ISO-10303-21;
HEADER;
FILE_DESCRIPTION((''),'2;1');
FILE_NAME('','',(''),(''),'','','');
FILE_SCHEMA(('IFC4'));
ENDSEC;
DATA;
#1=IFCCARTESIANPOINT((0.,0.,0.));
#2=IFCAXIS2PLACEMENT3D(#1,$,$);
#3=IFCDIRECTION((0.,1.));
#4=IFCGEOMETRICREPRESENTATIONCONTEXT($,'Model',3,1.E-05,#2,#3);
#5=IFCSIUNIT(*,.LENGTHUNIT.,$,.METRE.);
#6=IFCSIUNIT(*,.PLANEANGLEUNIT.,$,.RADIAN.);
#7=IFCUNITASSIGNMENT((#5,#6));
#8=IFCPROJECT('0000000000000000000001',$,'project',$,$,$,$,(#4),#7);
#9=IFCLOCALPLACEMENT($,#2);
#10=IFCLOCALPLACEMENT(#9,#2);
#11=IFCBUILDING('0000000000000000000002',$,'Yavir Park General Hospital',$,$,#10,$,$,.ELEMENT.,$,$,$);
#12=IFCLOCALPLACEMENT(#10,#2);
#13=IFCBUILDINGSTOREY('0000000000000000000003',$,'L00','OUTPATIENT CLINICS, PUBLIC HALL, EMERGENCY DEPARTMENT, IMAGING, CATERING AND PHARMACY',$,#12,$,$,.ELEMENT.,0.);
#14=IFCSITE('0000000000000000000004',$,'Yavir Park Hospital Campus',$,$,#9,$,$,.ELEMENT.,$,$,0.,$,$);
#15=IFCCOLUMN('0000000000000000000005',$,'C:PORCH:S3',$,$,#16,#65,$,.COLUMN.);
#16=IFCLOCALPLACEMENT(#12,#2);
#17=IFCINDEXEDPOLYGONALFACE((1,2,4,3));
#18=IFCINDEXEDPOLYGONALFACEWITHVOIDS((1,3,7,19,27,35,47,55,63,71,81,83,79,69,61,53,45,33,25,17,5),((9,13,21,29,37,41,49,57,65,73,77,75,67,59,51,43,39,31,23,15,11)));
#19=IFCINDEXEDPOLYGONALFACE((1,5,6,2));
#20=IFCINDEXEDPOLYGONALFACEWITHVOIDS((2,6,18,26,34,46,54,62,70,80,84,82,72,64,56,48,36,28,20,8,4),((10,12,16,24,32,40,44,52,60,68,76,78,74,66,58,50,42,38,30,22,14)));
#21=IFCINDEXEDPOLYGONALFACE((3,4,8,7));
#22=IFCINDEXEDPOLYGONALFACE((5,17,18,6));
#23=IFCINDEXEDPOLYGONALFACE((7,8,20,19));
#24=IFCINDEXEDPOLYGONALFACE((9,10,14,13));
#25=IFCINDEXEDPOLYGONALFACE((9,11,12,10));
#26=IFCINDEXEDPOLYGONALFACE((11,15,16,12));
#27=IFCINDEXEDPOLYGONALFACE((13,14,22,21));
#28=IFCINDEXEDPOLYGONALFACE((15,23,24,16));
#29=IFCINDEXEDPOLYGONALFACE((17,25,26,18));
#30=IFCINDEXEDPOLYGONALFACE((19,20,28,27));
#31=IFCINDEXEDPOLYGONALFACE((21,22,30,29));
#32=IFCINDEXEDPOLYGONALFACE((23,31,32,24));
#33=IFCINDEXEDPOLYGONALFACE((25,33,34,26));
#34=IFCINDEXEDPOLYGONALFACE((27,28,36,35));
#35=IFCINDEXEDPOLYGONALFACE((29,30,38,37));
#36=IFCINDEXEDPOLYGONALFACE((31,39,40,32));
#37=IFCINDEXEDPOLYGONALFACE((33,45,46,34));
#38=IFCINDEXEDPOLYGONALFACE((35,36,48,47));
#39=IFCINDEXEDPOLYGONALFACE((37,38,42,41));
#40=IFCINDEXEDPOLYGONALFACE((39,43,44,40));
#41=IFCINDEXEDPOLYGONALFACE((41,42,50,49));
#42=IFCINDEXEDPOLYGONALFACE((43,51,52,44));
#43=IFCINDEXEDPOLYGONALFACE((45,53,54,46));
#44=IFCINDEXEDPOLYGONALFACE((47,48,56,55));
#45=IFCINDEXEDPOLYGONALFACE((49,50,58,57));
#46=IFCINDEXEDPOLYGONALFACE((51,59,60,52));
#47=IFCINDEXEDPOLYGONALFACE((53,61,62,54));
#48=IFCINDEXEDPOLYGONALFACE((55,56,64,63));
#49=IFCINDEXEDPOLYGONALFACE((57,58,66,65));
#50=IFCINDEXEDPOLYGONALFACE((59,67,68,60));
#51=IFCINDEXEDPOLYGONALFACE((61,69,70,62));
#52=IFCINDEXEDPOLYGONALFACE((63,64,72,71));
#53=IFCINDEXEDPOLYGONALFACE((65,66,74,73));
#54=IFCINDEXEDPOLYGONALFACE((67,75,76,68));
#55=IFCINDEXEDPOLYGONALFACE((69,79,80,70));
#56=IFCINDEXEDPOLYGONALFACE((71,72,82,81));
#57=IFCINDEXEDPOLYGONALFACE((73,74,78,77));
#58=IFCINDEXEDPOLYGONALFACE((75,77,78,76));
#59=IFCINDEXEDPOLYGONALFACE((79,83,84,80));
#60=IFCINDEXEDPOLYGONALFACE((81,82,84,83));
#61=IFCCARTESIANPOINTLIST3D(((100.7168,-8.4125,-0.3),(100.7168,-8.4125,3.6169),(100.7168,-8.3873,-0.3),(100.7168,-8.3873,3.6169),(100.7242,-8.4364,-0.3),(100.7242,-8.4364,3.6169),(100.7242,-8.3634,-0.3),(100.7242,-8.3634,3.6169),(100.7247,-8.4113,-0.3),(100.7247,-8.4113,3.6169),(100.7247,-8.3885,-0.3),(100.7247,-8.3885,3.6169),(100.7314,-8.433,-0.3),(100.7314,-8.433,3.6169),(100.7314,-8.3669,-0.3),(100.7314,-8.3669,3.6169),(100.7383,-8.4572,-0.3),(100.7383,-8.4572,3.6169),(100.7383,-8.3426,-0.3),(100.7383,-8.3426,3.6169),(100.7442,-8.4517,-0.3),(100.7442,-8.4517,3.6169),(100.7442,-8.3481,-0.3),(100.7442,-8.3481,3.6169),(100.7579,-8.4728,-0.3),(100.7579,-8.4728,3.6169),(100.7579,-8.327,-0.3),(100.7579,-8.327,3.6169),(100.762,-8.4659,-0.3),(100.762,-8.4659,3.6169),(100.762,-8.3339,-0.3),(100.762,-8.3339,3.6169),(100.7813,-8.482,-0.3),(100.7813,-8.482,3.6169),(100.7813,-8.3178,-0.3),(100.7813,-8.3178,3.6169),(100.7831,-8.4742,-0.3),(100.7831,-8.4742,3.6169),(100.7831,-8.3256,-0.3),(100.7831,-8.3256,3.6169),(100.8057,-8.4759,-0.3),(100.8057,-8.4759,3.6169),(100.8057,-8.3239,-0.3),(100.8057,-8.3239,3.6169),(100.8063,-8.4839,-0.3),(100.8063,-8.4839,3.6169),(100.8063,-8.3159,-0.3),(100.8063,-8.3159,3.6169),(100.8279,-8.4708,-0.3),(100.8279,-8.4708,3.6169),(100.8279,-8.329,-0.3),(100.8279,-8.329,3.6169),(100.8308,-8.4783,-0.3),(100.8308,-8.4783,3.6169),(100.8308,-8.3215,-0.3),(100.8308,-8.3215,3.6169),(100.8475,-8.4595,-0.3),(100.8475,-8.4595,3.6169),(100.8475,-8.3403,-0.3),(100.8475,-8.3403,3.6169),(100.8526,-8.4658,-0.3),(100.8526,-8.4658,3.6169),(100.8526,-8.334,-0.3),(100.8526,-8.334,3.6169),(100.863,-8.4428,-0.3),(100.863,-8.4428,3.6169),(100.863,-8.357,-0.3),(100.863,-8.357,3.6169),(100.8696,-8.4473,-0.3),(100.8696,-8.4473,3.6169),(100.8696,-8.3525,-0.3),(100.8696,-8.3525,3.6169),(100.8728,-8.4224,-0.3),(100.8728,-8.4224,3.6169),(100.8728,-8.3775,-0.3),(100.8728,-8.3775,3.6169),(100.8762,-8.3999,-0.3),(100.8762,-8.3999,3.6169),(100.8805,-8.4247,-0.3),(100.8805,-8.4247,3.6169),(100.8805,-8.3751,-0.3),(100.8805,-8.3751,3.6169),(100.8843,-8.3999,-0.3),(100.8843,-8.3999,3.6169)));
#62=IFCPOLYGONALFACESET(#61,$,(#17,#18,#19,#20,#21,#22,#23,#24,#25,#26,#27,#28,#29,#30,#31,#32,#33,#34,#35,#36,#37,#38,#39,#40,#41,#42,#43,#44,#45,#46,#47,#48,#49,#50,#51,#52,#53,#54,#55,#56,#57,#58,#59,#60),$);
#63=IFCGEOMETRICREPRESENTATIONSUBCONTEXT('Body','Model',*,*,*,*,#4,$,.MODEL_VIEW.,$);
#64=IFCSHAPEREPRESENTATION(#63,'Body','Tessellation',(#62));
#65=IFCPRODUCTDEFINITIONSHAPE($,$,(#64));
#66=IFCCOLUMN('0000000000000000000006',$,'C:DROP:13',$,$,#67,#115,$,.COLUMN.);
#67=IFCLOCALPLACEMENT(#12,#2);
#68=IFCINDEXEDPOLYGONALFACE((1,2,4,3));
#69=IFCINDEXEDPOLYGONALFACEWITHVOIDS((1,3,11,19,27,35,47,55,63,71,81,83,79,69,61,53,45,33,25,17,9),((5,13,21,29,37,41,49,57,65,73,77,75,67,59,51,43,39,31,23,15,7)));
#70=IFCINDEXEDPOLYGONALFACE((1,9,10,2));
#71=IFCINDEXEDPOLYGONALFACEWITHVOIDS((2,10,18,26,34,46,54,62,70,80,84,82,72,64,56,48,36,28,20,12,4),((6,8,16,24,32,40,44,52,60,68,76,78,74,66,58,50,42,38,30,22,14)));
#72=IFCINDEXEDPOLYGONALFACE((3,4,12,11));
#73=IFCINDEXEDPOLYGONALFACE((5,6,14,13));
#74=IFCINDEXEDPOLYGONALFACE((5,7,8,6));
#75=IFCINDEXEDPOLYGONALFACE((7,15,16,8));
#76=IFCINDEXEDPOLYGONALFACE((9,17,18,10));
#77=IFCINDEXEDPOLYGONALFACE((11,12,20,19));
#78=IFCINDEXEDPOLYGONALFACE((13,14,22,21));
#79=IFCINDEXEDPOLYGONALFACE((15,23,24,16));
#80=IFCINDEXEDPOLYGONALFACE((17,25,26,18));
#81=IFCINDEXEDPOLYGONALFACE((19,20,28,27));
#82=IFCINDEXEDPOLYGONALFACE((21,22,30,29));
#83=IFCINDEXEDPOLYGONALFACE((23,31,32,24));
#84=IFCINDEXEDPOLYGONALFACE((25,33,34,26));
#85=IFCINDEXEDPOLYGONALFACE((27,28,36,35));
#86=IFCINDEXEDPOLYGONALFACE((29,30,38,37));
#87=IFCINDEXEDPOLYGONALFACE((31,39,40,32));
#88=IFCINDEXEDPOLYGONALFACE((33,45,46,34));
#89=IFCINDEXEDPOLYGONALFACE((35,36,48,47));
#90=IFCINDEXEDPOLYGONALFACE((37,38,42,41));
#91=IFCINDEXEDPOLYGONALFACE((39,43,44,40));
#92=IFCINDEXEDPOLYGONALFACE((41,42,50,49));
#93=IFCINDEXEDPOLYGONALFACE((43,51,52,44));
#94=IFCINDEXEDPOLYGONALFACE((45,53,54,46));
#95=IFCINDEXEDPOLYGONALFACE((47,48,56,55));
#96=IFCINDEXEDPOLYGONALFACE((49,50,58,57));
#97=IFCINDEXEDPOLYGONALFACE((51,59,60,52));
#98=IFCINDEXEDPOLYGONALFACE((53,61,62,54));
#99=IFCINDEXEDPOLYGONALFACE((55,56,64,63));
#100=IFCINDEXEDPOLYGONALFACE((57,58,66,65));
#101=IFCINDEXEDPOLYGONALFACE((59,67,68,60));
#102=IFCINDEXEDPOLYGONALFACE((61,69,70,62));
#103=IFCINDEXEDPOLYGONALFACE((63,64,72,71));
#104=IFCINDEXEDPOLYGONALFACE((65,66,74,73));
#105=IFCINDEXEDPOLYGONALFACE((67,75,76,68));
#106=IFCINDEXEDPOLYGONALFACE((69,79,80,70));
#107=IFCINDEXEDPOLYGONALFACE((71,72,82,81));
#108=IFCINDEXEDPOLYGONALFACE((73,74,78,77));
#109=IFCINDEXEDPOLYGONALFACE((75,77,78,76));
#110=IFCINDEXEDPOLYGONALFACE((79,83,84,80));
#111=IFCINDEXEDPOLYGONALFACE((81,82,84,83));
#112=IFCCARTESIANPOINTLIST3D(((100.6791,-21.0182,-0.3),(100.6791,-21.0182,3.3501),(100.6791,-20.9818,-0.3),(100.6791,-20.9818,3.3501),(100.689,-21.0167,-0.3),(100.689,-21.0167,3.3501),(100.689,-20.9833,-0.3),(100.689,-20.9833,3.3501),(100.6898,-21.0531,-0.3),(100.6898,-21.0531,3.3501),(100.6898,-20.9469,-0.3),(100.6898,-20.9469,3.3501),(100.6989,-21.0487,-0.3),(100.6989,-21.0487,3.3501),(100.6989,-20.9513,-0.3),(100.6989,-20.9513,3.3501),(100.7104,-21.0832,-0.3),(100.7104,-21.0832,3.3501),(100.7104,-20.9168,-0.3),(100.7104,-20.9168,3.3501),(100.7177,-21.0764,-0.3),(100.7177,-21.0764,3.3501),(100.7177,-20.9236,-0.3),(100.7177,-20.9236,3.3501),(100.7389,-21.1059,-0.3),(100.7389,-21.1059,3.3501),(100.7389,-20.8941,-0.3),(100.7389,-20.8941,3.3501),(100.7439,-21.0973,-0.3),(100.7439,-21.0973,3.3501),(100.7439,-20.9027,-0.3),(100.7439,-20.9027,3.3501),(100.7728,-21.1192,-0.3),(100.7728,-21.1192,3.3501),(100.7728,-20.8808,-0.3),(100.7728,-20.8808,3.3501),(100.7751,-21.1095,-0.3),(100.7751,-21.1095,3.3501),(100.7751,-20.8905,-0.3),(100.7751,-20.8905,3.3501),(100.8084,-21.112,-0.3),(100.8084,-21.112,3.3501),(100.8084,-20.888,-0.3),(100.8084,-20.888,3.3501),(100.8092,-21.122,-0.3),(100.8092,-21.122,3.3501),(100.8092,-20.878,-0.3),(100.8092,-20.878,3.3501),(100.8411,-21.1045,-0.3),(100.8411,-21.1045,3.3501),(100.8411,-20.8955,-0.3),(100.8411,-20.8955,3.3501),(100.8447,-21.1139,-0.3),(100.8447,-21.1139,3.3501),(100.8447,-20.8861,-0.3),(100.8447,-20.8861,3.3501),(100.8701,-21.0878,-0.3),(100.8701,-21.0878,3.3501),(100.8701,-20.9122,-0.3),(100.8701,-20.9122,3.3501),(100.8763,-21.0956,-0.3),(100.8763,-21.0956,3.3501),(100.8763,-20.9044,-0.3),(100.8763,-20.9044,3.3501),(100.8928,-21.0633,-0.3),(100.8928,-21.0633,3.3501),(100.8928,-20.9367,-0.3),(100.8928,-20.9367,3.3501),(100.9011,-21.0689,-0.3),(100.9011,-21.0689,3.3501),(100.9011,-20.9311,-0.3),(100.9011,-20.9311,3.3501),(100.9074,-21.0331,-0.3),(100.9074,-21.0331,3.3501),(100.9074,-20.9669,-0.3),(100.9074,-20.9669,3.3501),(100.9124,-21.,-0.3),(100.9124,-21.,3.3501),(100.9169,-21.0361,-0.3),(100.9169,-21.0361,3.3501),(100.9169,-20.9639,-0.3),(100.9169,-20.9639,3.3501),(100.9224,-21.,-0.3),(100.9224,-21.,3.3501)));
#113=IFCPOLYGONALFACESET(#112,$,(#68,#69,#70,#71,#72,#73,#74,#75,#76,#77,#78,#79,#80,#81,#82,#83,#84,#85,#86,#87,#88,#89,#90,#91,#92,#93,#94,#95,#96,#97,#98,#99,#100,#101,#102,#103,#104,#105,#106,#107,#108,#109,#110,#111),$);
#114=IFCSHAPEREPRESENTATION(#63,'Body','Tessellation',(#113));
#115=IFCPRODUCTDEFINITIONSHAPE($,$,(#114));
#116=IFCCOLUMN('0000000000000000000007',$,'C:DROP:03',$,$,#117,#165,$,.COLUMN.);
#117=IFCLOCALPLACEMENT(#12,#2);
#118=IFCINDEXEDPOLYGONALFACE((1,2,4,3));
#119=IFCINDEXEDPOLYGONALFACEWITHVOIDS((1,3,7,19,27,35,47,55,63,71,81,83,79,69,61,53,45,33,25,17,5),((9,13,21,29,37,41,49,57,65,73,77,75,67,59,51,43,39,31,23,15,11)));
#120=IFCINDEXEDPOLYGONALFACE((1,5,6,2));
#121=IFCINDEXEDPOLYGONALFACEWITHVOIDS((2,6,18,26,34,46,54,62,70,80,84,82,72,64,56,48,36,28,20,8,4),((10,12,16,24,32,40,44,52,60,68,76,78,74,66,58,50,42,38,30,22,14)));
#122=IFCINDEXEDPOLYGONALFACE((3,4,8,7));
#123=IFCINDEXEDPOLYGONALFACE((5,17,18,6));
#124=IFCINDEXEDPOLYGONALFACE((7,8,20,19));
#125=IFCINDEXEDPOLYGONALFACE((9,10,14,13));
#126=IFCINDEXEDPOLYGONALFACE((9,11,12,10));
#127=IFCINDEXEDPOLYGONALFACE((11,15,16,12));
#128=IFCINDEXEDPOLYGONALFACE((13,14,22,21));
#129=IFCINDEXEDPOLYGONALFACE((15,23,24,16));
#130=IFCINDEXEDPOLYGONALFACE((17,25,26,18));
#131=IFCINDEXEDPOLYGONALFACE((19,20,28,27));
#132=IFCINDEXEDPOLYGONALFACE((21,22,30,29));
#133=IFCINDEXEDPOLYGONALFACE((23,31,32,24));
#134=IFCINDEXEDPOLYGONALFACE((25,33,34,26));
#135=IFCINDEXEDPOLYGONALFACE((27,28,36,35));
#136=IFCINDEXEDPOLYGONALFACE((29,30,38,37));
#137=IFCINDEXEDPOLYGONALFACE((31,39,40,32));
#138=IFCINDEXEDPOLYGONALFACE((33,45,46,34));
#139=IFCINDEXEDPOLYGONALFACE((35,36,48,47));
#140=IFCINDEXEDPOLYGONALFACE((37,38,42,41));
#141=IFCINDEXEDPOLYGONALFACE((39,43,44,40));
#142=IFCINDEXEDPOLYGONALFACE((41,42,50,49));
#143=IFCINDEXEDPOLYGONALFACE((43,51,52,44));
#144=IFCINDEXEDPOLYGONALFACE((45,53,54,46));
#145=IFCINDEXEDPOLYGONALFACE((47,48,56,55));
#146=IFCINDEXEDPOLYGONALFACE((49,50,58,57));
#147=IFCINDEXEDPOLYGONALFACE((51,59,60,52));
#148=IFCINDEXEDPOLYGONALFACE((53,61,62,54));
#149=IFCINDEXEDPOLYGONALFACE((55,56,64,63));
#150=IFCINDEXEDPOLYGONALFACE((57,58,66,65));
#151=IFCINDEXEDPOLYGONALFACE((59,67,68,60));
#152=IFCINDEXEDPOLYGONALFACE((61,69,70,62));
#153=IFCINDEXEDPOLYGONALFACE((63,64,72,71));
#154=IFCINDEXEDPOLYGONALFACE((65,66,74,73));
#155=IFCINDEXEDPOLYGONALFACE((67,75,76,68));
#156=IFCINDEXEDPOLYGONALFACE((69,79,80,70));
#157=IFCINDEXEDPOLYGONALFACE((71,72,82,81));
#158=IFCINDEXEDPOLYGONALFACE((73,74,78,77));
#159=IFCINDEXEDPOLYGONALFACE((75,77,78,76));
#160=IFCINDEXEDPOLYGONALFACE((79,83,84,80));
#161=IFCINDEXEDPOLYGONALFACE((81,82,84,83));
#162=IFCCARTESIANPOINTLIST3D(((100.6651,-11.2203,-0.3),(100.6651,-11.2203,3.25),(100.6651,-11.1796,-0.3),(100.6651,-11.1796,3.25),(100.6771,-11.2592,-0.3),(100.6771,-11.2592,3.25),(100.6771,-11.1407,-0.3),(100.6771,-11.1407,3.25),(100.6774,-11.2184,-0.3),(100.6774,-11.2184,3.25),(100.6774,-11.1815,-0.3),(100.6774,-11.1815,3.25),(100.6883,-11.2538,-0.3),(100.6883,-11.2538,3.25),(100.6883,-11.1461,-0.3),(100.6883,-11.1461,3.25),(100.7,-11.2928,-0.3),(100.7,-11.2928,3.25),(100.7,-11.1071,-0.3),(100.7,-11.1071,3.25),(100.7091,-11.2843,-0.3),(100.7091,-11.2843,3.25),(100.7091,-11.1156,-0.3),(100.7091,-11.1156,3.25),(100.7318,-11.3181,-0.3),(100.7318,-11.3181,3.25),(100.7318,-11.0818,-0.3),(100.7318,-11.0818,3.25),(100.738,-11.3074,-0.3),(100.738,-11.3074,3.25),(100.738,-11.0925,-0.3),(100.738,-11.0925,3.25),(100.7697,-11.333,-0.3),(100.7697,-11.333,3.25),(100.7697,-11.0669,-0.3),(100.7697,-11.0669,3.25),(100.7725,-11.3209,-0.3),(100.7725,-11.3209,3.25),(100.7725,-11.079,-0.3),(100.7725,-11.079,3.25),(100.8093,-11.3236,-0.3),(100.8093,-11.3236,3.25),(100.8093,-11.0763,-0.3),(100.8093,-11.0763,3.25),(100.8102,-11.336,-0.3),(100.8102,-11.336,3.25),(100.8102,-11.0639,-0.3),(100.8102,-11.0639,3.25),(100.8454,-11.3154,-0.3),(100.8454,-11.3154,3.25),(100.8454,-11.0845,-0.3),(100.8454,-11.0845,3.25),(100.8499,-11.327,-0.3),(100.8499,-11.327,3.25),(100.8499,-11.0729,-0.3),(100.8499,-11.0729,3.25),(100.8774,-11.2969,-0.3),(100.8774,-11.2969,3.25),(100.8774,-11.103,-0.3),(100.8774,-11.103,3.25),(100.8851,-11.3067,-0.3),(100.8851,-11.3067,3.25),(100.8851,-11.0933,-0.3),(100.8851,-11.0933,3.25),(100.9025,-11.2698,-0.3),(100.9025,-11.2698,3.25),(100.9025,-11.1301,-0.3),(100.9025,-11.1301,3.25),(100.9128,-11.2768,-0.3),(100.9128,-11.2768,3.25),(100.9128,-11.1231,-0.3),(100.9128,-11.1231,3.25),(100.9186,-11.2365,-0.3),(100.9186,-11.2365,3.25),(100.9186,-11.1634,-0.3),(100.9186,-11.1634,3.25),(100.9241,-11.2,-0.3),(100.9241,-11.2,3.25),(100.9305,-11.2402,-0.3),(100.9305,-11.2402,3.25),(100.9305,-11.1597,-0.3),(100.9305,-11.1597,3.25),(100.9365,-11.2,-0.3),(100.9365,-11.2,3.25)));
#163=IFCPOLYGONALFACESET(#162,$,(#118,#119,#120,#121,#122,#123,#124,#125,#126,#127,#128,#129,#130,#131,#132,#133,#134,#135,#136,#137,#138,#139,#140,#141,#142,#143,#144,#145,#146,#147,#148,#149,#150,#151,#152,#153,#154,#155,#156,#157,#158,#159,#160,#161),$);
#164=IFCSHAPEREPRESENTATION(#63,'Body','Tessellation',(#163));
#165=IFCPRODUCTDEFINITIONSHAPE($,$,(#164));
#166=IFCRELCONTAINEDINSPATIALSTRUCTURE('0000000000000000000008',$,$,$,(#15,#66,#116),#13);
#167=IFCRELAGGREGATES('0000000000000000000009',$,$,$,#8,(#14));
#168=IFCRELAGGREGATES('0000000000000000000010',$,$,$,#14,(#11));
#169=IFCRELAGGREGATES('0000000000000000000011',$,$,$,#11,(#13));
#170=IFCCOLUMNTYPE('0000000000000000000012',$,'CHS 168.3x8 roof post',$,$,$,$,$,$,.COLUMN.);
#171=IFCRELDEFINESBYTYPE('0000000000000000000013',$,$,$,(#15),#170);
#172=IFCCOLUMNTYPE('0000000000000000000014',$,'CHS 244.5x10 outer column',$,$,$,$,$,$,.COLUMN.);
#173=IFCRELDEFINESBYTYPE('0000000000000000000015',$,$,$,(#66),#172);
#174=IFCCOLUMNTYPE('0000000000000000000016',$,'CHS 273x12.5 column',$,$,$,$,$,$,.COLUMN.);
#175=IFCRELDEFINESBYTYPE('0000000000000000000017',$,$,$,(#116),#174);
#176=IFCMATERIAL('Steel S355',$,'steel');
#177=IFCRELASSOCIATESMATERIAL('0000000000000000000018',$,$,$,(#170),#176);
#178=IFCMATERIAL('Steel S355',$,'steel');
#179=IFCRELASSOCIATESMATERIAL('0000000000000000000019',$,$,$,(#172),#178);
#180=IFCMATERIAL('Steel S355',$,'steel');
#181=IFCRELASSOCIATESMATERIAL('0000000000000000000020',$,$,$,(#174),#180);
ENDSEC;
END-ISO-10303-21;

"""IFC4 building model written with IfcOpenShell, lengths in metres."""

from ifc_helpers import new_model, si_unit, direction, frame, origin, origin_2d, place, context, subcontext, project, spatial, hollow_circle, extrude, material, material_profile, profile_set, type_object, element, save


model = new_model("IFC4")

# Units and contexts
model_context = context("Model", 3, precision=1e-05, world=origin(), true_north=direction((0.0, 1.0)))
body_context = subcontext(model_context, "Body", "Model", "MODEL_VIEW")
ifc_project = project(units=[si_unit("LENGTHUNIT", "METRE"), si_unit("PLANEANGLEUNIT", "RADIAN")], contexts=[model_context])

# Site, building, storey
site_placement = place(None, origin())
site = spatial("IfcSite", under=ifc_project, at=site_placement, Name="Yavir Park Hospital Campus", CompositionType="ELEMENT", RefElevation=0.0)
building_placement = place(site_placement, origin())
building = spatial("IfcBuilding", under=site, at=building_placement, Name="Yavir Park General Hospital", CompositionType="ELEMENT")
storey_placement = place(building_placement, origin())
storey = spatial("IfcBuildingStorey", under=building, at=storey_placement, Name="L00", Description="OUTPATIENT CLINICS, PUBLIC HALL, EMERGENCY DEPARTMENT, IMAGING, CATERING AND PHARMACY", CompositionType="ELEMENT", Elevation=0.0)

# Columns
ifc_material_1 = material(Name="Steel S355", Category="steel")
ifc_material_profile_1 = material_profile(ifc_material_1, hollow_circle(Radius=0.0842, WallThickness=0.0081, at=origin_2d()), Name="CHS168.3x8")
ifc_profile_set_1 = profile_set([ifc_material_profile_1], Name="Steel S355")
column_type_1 = type_object("IfcColumnType", Name="CHS 168.3x8 roof post", PredefinedType="COLUMN", material=ifc_profile_set_1)
column_1_placement = place(storey_placement, frame((100.8, -8.3999, -0.3), z_axis=(0.0, 0.0, 1.0), x_axis=(1.0, 0.0, 0.0)))
element("IfcColumn", 1, at=column_1_placement, inside=storey, type_object=column_type_1, Name="C:PORCH:S3", PredefinedType="COLUMN", context=body_context, shape_type="SweptSolid", body=[
    extrude(hollow_circle(Radius=0.0842, WallThickness=0.0081, at=origin_2d()), origin(), (0.0, 0.0, 1.0), 3.917),
])
ifc_material_2 = material(Name="Steel S355", Category="steel")
ifc_material_profile_2 = material_profile(ifc_material_2, hollow_circle(Radius=0.1223, WallThickness=0.01, at=origin_2d()), Name="CHS244.5x10")
ifc_profile_set_2 = profile_set([ifc_material_profile_2], Name="Steel S355")
column_type_2 = type_object("IfcColumnType", Name="CHS 244.5x10 outer column", PredefinedType="COLUMN", material=ifc_profile_set_2)
column_2_placement = place(storey_placement, frame((100.8, -21.0, -0.3), z_axis=(0.0, 0.0, 1.0), x_axis=(1.0, 0.0, 0.0)))
element("IfcColumn", 2, at=column_2_placement, inside=storey, type_object=column_type_2, Name="C:DROP:13", PredefinedType="COLUMN", context=body_context, shape_type="SweptSolid", body=[
    extrude(hollow_circle(Radius=0.1223, WallThickness=0.01, at=origin_2d()), origin(), (0.0, 0.0, 1.0), 3.6501),
])
ifc_material_3 = material(Name="Steel S355", Category="steel")
ifc_material_profile_3 = material_profile(ifc_material_3, hollow_circle(Radius=0.1365, WallThickness=0.0125, at=origin_2d()), Name="CHS273x12.5")
ifc_profile_set_3 = profile_set([ifc_material_profile_3], Name="Steel S355")
column_type_3 = type_object("IfcColumnType", Name="CHS 273x12.5 column", PredefinedType="COLUMN", material=ifc_profile_set_3)
column_3_placement = place(storey_placement, frame((100.8, -11.2, -0.3), z_axis=(0.0, 0.0, 1.0), x_axis=(1.0, 0.0, 0.0)))
element("IfcColumn", 3, at=column_3_placement, inside=storey, type_object=column_type_3, Name="C:DROP:03", PredefinedType="COLUMN", context=body_context, shape_type="SweptSolid", body=[
    extrude(hollow_circle(Radius=0.1365, WallThickness=0.0125, at=origin_2d()), origin(), (0.0, 0.0, 1.0), 3.55),
])

save(model, "model.ifc")
